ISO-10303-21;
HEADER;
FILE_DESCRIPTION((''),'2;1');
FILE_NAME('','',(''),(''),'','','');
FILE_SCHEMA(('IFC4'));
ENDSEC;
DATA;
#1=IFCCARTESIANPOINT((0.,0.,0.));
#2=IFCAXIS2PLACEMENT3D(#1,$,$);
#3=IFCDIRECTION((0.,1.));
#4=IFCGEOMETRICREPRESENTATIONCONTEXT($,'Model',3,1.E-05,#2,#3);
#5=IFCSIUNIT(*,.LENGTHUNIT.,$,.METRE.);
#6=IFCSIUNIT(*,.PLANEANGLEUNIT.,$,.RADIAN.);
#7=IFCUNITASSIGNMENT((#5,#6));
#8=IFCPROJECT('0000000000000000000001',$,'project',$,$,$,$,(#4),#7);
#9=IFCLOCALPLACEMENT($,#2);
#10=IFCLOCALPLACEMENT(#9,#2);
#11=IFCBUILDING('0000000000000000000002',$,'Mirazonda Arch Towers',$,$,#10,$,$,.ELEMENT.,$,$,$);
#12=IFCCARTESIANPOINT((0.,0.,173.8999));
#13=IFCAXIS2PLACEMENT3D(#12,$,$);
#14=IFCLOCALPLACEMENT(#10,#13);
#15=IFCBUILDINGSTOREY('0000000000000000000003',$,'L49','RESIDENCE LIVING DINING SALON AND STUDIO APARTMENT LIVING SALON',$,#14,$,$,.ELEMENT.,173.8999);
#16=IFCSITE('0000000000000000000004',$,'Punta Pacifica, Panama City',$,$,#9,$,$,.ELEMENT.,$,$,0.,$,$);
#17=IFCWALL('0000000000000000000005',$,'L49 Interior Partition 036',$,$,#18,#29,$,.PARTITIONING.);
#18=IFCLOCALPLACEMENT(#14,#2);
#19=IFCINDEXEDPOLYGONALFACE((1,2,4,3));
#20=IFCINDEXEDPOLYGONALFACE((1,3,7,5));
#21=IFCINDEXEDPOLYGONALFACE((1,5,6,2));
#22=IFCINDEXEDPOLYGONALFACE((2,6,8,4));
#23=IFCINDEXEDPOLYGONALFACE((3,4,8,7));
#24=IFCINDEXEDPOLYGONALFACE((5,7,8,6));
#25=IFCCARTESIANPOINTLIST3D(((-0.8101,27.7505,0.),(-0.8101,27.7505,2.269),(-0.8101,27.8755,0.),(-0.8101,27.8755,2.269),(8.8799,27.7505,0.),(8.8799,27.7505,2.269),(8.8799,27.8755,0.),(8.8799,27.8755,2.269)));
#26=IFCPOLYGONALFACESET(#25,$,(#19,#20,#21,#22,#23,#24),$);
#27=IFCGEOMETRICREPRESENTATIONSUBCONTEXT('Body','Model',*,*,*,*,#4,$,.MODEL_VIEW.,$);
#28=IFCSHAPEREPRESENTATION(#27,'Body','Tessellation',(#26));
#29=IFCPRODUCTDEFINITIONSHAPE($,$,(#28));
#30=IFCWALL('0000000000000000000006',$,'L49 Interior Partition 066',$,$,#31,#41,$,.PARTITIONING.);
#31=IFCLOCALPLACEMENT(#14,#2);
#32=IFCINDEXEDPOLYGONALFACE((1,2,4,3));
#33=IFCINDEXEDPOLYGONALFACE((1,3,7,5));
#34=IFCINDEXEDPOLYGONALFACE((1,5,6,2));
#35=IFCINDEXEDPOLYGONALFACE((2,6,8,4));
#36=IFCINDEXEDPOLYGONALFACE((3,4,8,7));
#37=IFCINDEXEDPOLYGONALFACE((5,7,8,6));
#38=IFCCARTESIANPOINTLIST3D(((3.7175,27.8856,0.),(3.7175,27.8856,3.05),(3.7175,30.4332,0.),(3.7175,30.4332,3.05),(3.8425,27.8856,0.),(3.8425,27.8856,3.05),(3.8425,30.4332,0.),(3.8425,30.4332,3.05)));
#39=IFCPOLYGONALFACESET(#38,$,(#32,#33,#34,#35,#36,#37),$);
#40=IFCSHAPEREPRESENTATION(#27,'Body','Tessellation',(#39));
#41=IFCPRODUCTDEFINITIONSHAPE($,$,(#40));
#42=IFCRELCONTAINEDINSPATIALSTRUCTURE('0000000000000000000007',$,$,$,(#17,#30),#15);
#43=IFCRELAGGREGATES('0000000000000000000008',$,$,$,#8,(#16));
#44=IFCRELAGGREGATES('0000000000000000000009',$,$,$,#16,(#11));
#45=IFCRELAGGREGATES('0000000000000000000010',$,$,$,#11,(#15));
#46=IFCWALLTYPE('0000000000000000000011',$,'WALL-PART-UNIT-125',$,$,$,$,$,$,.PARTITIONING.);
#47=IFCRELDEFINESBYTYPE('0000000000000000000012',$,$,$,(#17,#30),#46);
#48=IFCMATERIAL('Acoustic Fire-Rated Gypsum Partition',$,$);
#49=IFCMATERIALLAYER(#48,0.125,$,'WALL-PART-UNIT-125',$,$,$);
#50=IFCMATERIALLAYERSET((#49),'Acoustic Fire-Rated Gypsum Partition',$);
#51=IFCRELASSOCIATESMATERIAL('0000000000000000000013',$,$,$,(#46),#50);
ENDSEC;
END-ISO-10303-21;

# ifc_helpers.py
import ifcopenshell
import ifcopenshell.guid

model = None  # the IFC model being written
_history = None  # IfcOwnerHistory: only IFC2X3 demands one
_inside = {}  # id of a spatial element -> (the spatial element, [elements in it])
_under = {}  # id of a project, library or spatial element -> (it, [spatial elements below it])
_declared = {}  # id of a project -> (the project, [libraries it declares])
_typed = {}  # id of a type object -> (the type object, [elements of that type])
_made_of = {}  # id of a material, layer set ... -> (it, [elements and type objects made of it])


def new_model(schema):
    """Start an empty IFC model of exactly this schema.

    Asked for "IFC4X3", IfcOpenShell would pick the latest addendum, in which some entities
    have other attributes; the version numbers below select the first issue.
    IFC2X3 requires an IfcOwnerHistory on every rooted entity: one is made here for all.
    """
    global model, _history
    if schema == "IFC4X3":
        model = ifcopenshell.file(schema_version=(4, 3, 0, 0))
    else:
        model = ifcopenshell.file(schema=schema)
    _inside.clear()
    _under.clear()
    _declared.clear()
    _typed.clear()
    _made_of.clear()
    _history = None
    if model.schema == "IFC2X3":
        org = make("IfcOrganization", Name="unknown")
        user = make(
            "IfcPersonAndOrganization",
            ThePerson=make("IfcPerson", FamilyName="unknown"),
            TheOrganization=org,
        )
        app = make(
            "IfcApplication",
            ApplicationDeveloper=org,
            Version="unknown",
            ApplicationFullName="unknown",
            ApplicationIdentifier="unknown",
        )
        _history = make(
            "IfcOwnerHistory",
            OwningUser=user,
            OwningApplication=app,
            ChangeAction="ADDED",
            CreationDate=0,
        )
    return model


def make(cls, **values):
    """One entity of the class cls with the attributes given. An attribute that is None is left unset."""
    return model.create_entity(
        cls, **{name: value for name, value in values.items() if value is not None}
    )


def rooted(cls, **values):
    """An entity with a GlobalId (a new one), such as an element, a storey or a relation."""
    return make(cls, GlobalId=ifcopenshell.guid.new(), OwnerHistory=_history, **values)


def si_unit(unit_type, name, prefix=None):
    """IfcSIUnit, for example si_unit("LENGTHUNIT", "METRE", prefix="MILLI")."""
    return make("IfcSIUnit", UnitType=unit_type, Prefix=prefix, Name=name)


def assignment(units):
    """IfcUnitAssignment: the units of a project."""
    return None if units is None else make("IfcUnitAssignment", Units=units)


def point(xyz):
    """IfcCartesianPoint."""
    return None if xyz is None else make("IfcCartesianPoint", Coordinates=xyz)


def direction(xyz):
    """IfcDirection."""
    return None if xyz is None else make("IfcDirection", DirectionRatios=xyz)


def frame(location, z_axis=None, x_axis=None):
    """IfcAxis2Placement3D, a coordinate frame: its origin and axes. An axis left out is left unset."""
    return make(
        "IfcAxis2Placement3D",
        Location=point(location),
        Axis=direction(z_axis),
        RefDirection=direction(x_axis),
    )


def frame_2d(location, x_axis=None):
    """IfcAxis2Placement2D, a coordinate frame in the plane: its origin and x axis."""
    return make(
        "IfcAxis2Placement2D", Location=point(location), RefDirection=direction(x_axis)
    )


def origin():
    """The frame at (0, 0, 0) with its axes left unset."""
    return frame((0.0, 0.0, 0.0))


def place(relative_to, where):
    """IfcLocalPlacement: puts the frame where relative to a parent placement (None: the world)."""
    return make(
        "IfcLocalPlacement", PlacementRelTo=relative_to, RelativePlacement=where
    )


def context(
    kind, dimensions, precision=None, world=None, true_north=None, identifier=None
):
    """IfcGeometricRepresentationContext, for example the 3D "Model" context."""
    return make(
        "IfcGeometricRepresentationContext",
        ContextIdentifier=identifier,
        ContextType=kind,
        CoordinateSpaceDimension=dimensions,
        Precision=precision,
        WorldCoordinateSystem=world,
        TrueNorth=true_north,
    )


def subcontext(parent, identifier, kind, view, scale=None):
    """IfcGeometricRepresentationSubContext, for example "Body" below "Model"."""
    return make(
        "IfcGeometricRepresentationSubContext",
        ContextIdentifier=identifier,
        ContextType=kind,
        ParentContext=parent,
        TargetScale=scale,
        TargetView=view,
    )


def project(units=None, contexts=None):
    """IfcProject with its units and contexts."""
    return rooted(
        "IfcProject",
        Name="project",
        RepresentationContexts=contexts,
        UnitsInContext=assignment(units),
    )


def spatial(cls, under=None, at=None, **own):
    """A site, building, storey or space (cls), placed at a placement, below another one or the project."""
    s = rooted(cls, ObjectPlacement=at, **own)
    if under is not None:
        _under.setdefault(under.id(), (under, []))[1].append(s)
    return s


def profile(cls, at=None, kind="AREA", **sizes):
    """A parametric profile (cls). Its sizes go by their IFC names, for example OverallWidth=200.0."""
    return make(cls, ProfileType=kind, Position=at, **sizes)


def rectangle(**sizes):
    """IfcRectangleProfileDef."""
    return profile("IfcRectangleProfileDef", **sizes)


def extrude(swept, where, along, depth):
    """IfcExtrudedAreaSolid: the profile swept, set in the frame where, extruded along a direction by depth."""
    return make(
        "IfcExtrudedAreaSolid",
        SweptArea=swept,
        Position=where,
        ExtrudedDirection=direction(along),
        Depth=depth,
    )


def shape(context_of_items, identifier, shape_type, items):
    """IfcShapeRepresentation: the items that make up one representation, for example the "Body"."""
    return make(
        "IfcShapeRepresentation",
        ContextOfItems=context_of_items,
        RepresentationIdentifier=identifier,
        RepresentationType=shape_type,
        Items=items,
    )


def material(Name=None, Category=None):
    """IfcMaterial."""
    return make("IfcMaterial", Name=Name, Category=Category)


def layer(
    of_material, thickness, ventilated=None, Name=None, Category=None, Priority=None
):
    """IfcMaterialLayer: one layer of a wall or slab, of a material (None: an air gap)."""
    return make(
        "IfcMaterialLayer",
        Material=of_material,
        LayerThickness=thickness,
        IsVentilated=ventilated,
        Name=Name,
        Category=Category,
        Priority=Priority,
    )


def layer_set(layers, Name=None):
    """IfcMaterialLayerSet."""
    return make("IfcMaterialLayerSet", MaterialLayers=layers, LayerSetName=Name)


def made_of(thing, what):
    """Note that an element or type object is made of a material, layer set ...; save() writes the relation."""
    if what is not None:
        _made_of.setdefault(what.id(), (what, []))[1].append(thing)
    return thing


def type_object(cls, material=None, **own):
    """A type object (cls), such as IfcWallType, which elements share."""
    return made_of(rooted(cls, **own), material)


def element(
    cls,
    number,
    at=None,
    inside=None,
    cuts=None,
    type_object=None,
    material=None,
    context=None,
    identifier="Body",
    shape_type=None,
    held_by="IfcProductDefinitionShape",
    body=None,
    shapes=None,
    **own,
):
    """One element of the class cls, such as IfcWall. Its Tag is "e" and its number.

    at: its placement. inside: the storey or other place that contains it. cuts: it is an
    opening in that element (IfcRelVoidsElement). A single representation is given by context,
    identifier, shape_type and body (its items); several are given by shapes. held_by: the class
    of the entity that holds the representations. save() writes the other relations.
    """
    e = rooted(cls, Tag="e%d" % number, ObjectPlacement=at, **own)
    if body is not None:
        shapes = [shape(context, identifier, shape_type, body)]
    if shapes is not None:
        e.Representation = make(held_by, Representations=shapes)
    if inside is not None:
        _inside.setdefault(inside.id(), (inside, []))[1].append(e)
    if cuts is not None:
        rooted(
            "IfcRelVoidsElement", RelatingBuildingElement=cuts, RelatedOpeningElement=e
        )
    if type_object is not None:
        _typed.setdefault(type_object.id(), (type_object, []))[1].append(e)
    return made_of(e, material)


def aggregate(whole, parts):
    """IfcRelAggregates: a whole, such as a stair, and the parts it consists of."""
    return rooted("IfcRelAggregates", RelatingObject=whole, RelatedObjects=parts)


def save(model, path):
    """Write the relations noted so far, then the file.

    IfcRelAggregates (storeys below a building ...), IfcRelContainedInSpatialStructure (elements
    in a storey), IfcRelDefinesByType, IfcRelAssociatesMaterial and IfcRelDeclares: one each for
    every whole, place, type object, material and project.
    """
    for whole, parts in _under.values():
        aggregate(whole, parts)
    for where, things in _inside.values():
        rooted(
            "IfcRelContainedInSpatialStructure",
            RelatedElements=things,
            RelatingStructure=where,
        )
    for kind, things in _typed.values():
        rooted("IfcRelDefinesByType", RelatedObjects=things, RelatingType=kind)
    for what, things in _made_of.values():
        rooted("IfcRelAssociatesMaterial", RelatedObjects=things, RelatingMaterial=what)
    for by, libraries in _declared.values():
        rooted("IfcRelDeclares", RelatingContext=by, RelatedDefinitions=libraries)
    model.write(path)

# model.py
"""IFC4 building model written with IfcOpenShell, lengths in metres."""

from ifc_helpers import new_model, si_unit, direction, frame, frame_2d, origin, place, context, subcontext, project, spatial, rectangle, extrude, material, layer, layer_set, type_object, element, save


model = new_model("IFC4")

# Units and contexts
model_context = context("Model", 3, precision=1e-05, world=origin(), true_north=direction((0.0, 1.0)))
body_context = subcontext(model_context, "Body", "Model", "MODEL_VIEW")
ifc_project = project(units=[si_unit("LENGTHUNIT", "METRE"), si_unit("PLANEANGLEUNIT", "RADIAN")], contexts=[model_context])

# Site, building, storey
site_placement = place(None, origin())
site = spatial("IfcSite", under=ifc_project, at=site_placement, Name="Punta Pacifica, Panama City", CompositionType="ELEMENT", RefElevation=0.0)
building_placement = place(site_placement, origin())
building = spatial("IfcBuilding", under=site, at=building_placement, Name="Mirazonda Arch Towers", CompositionType="ELEMENT")
storey_placement = place(building_placement, frame((0.0, 0.0, 173.8999)))
storey = spatial("IfcBuildingStorey", under=building, at=storey_placement, Name="L49", Description="RESIDENCE LIVING DINING SALON AND STUDIO APARTMENT LIVING SALON", CompositionType="ELEMENT", Elevation=173.8999)

# Walls
ifc_material_1 = material(Name="Acoustic Fire-Rated Gypsum Partition")
ifc_layer_1 = layer(ifc_material_1, 0.125, Name="WALL-PART-UNIT-125")
ifc_layer_set_1 = layer_set([ifc_layer_1], Name="Acoustic Fire-Rated Gypsum Partition")
wall_type_1 = type_object("IfcWallType", Name="WALL-PART-UNIT-125", PredefinedType="PARTITIONING", material=ifc_layer_set_1)
wall_1_placement = place(storey_placement, frame((-0.8101, 27.813, 0.0), z_axis=(0.0, 0.0, 1.0), x_axis=(1.0, 0.0, 0.0)))
element("IfcWall", 1, at=wall_1_placement, inside=storey, type_object=wall_type_1, Name="L49 Interior Partition 036", PredefinedType="PARTITIONING", context=body_context, shape_type="SweptSolid", body=[
    extrude(rectangle(XDim=9.6899, YDim=0.125, at=frame_2d((4.845, 0.0))), origin(), (0.0, 0.0, 1.0), 2.269),
])
wall_2_placement = place(storey_placement, frame((3.78, 27.8855, 0.0), z_axis=(0.0, 0.0, 1.0), x_axis=(0.0, 1.0, 0.0)))
element("IfcWall", 2, at=wall_2_placement, inside=storey, type_object=wall_type_1, Name="L49 Interior Partition 066", PredefinedType="PARTITIONING", context=body_context, shape_type="SweptSolid", body=[
    extrude(rectangle(XDim=2.5476, YDim=0.125, at=frame_2d((1.2739, 0.0))), origin(), (0.0, 0.0, 1.0), 3.05),
])

save(model, "model.ifc")
